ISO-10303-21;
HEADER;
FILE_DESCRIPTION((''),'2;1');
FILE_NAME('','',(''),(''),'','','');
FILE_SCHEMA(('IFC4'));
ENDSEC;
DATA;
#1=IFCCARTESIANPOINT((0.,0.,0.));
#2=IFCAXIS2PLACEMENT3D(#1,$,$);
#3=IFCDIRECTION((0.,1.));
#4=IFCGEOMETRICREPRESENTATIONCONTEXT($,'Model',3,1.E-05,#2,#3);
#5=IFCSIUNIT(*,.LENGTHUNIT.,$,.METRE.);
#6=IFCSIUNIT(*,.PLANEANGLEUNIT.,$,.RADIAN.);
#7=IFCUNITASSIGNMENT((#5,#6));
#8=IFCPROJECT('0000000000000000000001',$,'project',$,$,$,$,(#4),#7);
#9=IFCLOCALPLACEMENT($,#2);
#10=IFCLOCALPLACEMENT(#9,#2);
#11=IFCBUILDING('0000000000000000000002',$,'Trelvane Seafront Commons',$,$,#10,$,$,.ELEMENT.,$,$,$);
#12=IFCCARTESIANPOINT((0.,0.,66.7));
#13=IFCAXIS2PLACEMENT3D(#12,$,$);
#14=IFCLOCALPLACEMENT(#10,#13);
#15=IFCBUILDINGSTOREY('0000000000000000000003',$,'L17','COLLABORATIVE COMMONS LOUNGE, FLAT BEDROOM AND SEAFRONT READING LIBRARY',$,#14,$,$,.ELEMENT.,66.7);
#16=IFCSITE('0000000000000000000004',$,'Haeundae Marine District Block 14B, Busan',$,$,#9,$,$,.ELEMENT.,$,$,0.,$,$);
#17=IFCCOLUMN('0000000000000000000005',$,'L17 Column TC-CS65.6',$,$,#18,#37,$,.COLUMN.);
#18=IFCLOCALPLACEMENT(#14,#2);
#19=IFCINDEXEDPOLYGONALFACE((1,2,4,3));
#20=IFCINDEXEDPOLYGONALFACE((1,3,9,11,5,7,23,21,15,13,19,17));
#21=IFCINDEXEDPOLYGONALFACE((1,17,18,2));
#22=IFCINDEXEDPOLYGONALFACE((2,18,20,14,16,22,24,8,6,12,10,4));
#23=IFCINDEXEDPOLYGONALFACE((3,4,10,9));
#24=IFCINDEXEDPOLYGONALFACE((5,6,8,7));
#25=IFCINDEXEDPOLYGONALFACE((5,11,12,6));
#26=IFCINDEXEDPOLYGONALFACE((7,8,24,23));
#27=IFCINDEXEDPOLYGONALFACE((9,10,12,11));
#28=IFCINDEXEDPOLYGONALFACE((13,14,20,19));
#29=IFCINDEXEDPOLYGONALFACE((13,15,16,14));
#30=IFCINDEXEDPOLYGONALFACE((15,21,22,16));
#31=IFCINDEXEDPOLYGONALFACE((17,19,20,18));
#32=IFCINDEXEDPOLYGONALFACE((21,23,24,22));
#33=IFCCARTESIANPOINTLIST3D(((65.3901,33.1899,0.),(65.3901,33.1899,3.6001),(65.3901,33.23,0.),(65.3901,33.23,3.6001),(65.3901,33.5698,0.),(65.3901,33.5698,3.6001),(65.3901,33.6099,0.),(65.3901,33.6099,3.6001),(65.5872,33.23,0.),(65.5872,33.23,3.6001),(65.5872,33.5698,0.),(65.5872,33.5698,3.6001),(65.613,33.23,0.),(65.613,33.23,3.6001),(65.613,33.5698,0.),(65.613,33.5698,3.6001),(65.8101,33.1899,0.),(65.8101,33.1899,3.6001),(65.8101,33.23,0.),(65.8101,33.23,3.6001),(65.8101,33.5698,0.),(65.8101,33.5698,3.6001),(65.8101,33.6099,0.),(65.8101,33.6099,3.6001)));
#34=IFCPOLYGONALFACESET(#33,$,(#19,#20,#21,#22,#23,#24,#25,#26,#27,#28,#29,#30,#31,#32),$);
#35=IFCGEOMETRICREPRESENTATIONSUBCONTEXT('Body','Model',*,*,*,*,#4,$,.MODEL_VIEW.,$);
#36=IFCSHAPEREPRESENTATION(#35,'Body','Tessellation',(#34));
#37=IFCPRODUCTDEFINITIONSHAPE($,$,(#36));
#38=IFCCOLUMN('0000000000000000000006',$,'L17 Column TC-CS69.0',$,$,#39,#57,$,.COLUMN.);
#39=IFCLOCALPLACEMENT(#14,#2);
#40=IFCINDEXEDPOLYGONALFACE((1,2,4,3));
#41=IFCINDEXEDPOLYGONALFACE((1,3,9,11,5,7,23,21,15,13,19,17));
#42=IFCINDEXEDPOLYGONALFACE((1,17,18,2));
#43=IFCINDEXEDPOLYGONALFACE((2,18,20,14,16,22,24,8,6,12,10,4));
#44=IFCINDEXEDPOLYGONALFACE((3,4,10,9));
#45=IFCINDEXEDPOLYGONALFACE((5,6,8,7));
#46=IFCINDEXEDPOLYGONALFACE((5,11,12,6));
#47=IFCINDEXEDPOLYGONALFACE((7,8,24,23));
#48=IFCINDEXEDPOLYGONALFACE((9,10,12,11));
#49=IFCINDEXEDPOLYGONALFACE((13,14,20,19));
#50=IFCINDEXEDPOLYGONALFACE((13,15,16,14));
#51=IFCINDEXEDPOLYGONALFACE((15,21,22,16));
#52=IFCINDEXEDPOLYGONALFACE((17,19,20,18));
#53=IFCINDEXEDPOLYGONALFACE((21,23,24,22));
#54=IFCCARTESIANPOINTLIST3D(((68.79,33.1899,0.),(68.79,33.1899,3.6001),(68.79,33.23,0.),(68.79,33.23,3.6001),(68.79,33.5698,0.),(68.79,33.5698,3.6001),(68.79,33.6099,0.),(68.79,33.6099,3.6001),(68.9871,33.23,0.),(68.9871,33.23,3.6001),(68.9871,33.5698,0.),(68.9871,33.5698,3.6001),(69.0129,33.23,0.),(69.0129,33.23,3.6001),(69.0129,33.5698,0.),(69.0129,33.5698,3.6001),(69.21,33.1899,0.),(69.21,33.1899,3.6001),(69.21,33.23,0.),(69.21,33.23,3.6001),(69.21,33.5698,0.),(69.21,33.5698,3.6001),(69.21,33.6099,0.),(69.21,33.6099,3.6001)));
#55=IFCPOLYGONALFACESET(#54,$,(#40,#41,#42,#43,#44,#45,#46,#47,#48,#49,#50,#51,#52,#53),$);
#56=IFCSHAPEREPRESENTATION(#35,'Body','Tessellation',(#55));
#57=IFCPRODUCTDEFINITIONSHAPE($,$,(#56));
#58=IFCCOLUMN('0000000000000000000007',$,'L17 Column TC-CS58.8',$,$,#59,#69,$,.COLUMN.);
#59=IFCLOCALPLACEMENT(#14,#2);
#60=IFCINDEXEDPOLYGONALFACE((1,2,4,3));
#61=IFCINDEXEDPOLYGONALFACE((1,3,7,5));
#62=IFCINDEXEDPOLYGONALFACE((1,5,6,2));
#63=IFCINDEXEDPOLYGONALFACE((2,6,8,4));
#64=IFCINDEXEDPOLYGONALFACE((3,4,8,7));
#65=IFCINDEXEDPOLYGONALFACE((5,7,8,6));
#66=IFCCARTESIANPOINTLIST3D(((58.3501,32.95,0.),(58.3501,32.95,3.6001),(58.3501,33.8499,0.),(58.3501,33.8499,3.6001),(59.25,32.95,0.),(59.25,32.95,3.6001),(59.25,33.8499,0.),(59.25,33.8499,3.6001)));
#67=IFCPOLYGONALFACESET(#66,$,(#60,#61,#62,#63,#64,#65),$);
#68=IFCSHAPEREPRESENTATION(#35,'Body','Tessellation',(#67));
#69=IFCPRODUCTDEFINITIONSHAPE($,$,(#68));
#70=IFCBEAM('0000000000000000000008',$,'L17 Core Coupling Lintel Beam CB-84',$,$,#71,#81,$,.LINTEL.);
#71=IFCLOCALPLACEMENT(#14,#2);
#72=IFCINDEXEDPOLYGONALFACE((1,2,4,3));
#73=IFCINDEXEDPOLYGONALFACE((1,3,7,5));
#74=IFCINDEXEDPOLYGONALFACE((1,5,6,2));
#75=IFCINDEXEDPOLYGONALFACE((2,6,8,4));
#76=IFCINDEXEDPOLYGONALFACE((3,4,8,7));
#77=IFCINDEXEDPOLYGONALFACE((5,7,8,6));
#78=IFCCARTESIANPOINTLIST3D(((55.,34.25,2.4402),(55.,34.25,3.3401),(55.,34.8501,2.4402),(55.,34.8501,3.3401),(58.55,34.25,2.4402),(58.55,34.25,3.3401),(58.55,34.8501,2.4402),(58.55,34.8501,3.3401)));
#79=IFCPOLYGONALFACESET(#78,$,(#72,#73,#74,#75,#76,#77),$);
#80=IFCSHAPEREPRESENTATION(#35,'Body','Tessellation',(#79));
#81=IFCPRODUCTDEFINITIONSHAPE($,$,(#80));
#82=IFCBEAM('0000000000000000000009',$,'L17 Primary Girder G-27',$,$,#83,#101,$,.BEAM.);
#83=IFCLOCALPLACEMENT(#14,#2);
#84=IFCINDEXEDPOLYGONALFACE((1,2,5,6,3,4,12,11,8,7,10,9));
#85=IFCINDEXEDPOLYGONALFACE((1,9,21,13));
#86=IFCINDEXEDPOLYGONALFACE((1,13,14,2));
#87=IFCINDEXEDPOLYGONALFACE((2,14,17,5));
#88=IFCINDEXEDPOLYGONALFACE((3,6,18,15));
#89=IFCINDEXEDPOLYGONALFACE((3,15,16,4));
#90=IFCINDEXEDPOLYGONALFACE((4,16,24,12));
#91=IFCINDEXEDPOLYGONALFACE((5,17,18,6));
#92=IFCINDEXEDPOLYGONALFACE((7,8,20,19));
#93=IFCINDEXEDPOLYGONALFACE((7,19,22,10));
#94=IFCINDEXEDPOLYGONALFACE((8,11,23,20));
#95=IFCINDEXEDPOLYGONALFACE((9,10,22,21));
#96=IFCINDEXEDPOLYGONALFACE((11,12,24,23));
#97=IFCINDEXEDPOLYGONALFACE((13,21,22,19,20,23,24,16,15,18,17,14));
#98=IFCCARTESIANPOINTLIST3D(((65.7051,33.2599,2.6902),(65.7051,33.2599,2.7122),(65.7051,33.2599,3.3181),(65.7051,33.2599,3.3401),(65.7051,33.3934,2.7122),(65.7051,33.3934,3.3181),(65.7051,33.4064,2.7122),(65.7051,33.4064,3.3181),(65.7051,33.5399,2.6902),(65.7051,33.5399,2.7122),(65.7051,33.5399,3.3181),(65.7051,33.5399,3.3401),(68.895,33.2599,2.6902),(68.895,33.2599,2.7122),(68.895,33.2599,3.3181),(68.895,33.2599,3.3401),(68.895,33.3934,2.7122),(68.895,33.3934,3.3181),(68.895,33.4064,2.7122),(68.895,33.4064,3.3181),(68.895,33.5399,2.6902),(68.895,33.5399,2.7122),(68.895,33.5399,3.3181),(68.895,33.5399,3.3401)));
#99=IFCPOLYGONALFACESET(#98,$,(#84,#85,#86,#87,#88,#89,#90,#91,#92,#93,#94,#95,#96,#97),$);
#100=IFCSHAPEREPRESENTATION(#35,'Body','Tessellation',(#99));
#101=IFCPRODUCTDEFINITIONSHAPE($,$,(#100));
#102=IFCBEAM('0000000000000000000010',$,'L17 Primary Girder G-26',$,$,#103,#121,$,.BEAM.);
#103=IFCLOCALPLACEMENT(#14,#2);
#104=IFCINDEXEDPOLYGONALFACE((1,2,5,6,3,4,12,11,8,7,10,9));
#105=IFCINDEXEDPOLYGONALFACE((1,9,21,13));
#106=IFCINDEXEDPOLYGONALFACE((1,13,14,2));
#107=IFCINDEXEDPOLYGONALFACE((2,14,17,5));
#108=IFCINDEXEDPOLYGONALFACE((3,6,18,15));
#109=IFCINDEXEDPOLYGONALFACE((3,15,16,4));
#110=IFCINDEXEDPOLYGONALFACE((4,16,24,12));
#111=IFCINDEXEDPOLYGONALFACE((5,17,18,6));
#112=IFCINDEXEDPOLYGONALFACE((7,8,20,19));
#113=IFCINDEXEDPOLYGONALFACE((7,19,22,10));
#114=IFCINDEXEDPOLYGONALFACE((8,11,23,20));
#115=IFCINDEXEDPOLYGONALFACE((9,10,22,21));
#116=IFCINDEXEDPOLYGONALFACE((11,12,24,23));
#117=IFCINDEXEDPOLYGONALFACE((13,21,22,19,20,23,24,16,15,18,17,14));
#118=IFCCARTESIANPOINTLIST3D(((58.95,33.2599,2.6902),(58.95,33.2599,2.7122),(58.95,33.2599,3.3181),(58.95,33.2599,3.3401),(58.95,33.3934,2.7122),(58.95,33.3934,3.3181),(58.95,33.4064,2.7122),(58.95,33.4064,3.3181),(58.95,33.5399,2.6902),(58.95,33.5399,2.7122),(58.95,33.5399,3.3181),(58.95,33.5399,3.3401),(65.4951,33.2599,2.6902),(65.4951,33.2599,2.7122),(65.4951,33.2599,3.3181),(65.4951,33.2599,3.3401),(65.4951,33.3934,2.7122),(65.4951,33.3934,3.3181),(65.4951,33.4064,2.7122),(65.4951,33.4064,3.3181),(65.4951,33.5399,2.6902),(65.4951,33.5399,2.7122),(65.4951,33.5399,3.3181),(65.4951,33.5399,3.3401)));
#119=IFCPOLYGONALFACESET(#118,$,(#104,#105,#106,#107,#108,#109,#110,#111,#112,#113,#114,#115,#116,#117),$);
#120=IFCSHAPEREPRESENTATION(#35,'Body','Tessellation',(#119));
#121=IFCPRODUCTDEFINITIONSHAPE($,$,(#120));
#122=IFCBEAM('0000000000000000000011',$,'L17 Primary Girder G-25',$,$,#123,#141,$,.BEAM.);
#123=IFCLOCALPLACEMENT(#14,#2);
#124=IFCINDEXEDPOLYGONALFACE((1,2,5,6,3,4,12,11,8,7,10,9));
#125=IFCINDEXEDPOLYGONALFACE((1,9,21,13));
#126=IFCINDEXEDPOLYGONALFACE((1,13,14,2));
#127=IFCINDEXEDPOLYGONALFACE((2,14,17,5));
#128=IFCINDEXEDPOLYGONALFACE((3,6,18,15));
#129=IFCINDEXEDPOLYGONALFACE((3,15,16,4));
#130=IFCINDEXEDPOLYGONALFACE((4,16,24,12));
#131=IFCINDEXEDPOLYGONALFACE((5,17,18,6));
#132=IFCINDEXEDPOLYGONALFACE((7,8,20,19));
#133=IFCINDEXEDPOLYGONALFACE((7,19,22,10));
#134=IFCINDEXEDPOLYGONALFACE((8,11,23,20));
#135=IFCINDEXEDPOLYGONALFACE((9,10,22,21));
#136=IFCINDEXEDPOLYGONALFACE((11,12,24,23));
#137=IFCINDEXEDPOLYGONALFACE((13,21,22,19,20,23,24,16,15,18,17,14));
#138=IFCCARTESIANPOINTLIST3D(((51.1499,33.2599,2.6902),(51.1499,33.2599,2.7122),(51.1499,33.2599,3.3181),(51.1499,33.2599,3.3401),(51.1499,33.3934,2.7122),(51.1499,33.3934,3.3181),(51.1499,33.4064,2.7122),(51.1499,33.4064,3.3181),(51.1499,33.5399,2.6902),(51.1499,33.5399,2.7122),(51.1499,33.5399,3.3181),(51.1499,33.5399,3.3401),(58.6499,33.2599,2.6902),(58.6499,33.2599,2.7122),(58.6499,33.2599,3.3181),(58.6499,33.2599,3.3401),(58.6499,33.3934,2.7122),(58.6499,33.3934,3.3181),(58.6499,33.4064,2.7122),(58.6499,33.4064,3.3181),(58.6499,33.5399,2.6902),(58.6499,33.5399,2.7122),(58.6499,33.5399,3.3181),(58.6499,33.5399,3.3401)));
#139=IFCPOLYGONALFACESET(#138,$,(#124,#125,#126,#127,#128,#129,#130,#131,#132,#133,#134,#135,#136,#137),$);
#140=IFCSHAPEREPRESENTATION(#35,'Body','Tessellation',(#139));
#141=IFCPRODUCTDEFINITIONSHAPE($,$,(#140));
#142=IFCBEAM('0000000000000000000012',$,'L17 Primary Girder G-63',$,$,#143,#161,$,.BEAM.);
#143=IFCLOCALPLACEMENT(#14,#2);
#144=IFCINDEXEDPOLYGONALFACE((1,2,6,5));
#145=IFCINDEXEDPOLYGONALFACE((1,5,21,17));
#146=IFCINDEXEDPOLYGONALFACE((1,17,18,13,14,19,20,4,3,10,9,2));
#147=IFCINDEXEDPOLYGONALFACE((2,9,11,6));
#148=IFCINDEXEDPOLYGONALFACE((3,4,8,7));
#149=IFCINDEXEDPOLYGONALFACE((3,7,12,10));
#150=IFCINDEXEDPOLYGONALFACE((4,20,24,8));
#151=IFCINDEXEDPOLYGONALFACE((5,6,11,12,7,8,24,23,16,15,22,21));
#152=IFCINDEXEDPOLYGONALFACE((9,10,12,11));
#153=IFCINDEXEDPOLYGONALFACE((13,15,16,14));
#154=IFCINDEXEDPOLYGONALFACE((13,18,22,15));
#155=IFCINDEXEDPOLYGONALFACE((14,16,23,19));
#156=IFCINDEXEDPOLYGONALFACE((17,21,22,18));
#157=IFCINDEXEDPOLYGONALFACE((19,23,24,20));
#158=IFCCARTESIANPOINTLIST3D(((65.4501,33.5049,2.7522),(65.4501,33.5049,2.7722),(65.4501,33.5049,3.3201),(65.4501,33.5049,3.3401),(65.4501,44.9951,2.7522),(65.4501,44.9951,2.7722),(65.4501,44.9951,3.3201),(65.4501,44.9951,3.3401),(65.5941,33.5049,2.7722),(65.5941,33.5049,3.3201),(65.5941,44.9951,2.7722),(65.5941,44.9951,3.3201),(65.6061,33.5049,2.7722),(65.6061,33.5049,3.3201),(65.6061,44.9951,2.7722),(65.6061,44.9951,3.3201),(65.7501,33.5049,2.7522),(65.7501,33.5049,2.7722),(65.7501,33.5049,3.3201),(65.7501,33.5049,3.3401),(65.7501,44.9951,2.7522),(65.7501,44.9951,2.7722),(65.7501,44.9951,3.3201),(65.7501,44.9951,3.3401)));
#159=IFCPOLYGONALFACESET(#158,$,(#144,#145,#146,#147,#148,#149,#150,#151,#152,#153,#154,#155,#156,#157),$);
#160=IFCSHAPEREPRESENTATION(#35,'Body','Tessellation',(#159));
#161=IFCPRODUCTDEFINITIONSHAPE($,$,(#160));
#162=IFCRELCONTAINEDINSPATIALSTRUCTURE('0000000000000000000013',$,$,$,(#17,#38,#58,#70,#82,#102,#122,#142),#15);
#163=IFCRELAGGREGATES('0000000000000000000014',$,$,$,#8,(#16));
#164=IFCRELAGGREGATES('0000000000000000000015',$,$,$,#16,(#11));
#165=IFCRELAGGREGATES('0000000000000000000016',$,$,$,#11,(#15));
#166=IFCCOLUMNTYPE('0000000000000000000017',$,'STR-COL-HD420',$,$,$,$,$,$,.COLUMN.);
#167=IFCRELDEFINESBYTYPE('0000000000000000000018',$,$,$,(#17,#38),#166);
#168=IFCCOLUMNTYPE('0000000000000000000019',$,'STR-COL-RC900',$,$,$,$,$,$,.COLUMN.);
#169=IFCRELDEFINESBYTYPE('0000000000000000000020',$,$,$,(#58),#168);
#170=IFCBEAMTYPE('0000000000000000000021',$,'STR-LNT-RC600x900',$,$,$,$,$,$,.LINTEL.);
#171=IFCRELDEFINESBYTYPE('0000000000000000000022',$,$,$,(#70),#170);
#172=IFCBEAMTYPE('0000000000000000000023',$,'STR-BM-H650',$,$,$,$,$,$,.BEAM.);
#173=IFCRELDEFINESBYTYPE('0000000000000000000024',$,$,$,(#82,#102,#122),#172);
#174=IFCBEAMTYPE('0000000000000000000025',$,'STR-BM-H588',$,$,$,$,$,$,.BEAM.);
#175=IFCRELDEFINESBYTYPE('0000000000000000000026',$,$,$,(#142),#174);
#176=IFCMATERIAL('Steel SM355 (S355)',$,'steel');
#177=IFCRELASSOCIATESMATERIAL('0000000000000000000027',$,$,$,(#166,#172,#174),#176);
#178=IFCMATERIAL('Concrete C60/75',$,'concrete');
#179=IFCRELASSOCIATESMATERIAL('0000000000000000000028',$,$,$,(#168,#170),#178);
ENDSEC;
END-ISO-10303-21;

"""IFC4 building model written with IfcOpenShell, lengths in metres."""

from ifc_helpers import new_model, si_unit, direction, frame, origin, origin_2d, place, context, subcontext, project, spatial, rectangle, i_section, extrude, source, transform, mapped, material, material_profile, profile_set, type_object, element, save


model = new_model("IFC4")

# Units and contexts
model_context = context("Model", 3, precision=1e-05, world=origin(), true_north=direction((0.0, 1.0)))
body_context = subcontext(model_context, "Body", "Model", "MODEL_VIEW")
ifc_project = project(units=[si_unit("LENGTHUNIT", "METRE"), si_unit("PLANEANGLEUNIT", "RADIAN")], contexts=[model_context])

# Site, building, storey
site_placement = place(None, origin())
site = spatial("IfcSite", under=ifc_project, at=site_placement, Name="Haeundae Marine District Block 14B, Busan", CompositionType="ELEMENT", RefElevation=0.0)
building_placement = place(site_placement, origin())
building = spatial("IfcBuilding", under=site, at=building_placement, Name="Trelvane Seafront Commons", CompositionType="ELEMENT")
storey_placement = place(building_placement, frame((0.0, 0.0, 66.7)))
storey = spatial("IfcBuildingStorey", under=building, at=storey_placement, Name="L17", Description="COLLABORATIVE COMMONS LOUNGE, FLAT BEDROOM AND SEAFRONT READING LIBRARY", CompositionType="ELEMENT", Elevation=66.7)

# Columns
ifc_material_1 = material(Name="Steel SM355 (S355)", Category="steel")
ifc_material_profile_1 = material_profile(ifc_material_1, i_section(OverallWidth=0.4199, OverallDepth=0.4199, WebThickness=0.0259, FlangeThickness=0.04, at=origin_2d()), Name="HD-420x420x26x40")
ifc_profile_set_1 = profile_set([ifc_material_profile_1], Name="Steel SM355 (S355)")
column_type_1 = type_object("IfcColumnType", Name="STR-COL-HD420", PredefinedType="COLUMN", material=ifc_profile_set_1)
shared_shape_1 = source(origin(), body_context, "Body", "SweptSolid", [
    extrude(i_section(OverallWidth=0.4199, OverallDepth=0.4199, WebThickness=0.0259, FlangeThickness=0.04, at=origin_2d()), origin(), (0.0, 0.0, 1.0), 3.6001),
])
for number, where, z_axis, x_axis, name in (
    (1, (65.6001, 33.3999, 0.0), (0.0, 0.0, 1.0), (1.0, 0.0, 0.0), "L17 Column TC-CS65.6"),
    (2, (69.0, 33.3999, 0.0), (0.0, 0.0, 1.0), (1.0, 0.0, 0.0), "L17 Column TC-CS69.0"),
):
    element("IfcColumn", number, at=place(storey_placement, frame(where, z_axis=z_axis, x_axis=x_axis)), inside=storey, type_object=column_type_1, Name=name, PredefinedType="COLUMN", context=body_context, shape_type="MappedRepresentation", body=[
        mapped(shared_shape_1, transform((0.0, 0.0, 0.0), x_axis=(1.0, 0.0, 0.0), y_axis=(0.0, 1.0, 0.0), z_axis=(0.0, 0.0, 1.0), scale=1.0)),
    ])
ifc_material_2 = material(Name="Concrete C60/75", Category="concrete")
ifc_material_profile_2 = material_profile(ifc_material_2, rectangle(XDim=0.8999, YDim=0.8999, at=origin_2d()), Name="RC-900x900")
ifc_profile_set_2 = profile_set([ifc_material_profile_2], Name="Concrete C60/75")
column_type_2 = type_object("IfcColumnType", Name="STR-COL-RC900", PredefinedType="COLUMN", material=ifc_profile_set_2)
shared_shape_2 = source(origin(), body_context, "Body", "SweptSolid", [
    extrude(rectangle(XDim=0.8999, YDim=0.8999, at=origin_2d()), origin(), (0.0, 0.0, 1.0), 3.6001),
])
column_placement = place(storey_placement, frame((58.8, 33.3999, 0.0), z_axis=(0.0, 0.0, 1.0), x_axis=(1.0, 0.0, 0.0)))
element("IfcColumn", 3, at=column_placement, inside=storey, type_object=column_type_2, Name="L17 Column TC-CS58.8", PredefinedType="COLUMN", context=body_context, shape_type="MappedRepresentation", body=[
    mapped(shared_shape_2, transform((0.0, 0.0, 0.0), x_axis=(1.0, 0.0, 0.0), y_axis=(0.0, 1.0, 0.0), z_axis=(0.0, 0.0, 1.0), scale=1.0)),
])

# Beams
ifc_material_profile_3 = material_profile(ifc_material_2, rectangle(XDim=0.6001, YDim=0.8999, at=origin_2d()), Name="RC-600x900")
ifc_profile_set_3 = profile_set([ifc_material_profile_3], Name="Concrete C60/75")
beam_type_1 = type_object("IfcBeamType", Name="STR-LNT-RC600x900", PredefinedType="LINTEL", material=ifc_profile_set_3)
shared_shape_3 = source(origin(), body_context, "Body", "SweptSolid", [
    extrude(rectangle(XDim=0.6001, YDim=0.8999, at=origin_2d()), origin(), (0.0, 0.0, 1.0), 3.55),
])
beam_1_placement = place(storey_placement, frame((55.0, 34.55, 2.8901), z_axis=(1.0, 0.0, 0.0), x_axis=(0.0, 1.0, 0.0)))
element("IfcBeam", 4, at=beam_1_placement, inside=storey, type_object=beam_type_1, Name="L17 Core Coupling Lintel Beam CB-84", PredefinedType="LINTEL", context=body_context, shape_type="MappedRepresentation", body=[
    mapped(shared_shape_3, transform((0.0, 0.0, 0.0), x_axis=(1.0, 0.0, 0.0), y_axis=(0.0, 1.0, 0.0), z_axis=(0.0, 0.0, 1.0), scale=1.0)),
])
ifc_material_profile_4 = material_profile(ifc_material_1, i_section(OverallWidth=0.28, OverallDepth=0.6499, WebThickness=0.0129, FlangeThickness=0.022, at=origin_2d()), Name="H-650x280x13x22")
ifc_profile_set_4 = profile_set([ifc_material_profile_4], Name="Steel SM355 (S355)")
beam_type_2 = type_object("IfcBeamType", Name="STR-BM-H650", PredefinedType="BEAM", material=ifc_profile_set_4)
shared_shape_4 = source(origin(), body_context, "Body", "SweptSolid", [
    extrude(i_section(OverallWidth=0.28, OverallDepth=0.6499, WebThickness=0.0129, FlangeThickness=0.022, at=origin_2d()), origin(), (0.0, 0.0, 1.0), 3.1899),
])
beam_2_placement = place(storey_placement, frame((65.7051, 33.3999, 3.0151), z_axis=(1.0, 0.0, 0.0), x_axis=(0.0, 1.0, 0.0)))
element("IfcBeam", 5, at=beam_2_placement, inside=storey, type_object=beam_type_2, Name="L17 Primary Girder G-27", PredefinedType="BEAM", context=body_context, shape_type="MappedRepresentation", body=[
    mapped(shared_shape_4, transform((0.0, 0.0, 0.0), x_axis=(1.0, 0.0, 0.0), y_axis=(0.0, 1.0, 0.0), z_axis=(0.0, 0.0, 1.0), scale=1.0)),
])
shared_shape_5 = source(origin(), body_context, "Body", "SweptSolid", [
    extrude(i_section(OverallWidth=0.28, OverallDepth=0.6499, WebThickness=0.0129, FlangeThickness=0.022, at=origin_2d()), origin(), (0.0, 0.0, 1.0), 6.5452),
])
beam_3_placement = place(storey_placement, frame((58.95, 33.3999, 3.0151), z_axis=(1.0, 0.0, 0.0), x_axis=(0.0, 1.0, 0.0)))
element("IfcBeam", 6, at=beam_3_placement, inside=storey, type_object=beam_type_2, Name="L17 Primary Girder G-26", PredefinedType="BEAM", context=body_context, shape_type="MappedRepresentation", body=[
    mapped(shared_shape_5, transform((0.0, 0.0, 0.0), x_axis=(1.0, 0.0, 0.0), y_axis=(0.0, 1.0, 0.0), z_axis=(0.0, 0.0, 1.0), scale=1.0)),
])
shared_shape_6 = source(origin(), body_context, "Body", "SweptSolid", [
    extrude(i_section(OverallWidth=0.28, OverallDepth=0.6499, WebThickness=0.0129, FlangeThickness=0.022, at=origin_2d()), origin(), (0.0, 0.0, 1.0), 7.5),
])
beam_4_placement = place(storey_placement, frame((51.1499, 33.3999, 3.0151), z_axis=(1.0, 0.0, 0.0), x_axis=(0.0, 1.0, 0.0)))
element("IfcBeam", 7, at=beam_4_placement, inside=storey, type_object=beam_type_2, Name="L17 Primary Girder G-25", PredefinedType="BEAM", context=body_context, shape_type="MappedRepresentation", body=[
    mapped(shared_shape_6, transform((0.0, 0.0, 0.0), x_axis=(1.0, 0.0, 0.0), y_axis=(0.0, 1.0, 0.0), z_axis=(0.0, 0.0, 1.0), scale=1.0)),
])
ifc_material_profile_5 = material_profile(ifc_material_1, i_section(OverallWidth=0.3, OverallDepth=0.5879, WebThickness=0.012, FlangeThickness=0.02, at=origin_2d()), Name="H-588x300x12x20")
ifc_profile_set_5 = profile_set([ifc_material_profile_5], Name="Steel SM355 (S355)")
beam_type_3 = type_object("IfcBeamType", Name="STR-BM-H588", PredefinedType="BEAM", material=ifc_profile_set_5)
shared_shape_7 = source(origin(), body_context, "Body", "SweptSolid", [
    extrude(i_section(OverallWidth=0.3, OverallDepth=0.5879, WebThickness=0.012, FlangeThickness=0.02, at=origin_2d()), origin(), (0.0, 0.0, 1.0), 11.4902),
])
for number, where, z_axis, x_axis, name in (
    (8, (65.6001, 33.5049, 3.0461), (0.0, 1.0, 0.0), (-1.0, 0.0, 0.0), "L17 Primary Girder G-63"),
):
    element("IfcBeam", number, at=place(storey_placement, frame(where, z_axis=z_axis, x_axis=x_axis)), inside=storey, type_object=beam_type_3, Name=name, PredefinedType="BEAM", context=body_context, shape_type="MappedRepresentation", body=[
        mapped(shared_shape_7, transform((0.0, 0.0, 0.0), x_axis=(1.0, 0.0, 0.0), y_axis=(0.0, 1.0, 0.0), z_axis=(0.0, 0.0, 1.0), scale=1.0)),
    ])

save(model, "model.ifc")
